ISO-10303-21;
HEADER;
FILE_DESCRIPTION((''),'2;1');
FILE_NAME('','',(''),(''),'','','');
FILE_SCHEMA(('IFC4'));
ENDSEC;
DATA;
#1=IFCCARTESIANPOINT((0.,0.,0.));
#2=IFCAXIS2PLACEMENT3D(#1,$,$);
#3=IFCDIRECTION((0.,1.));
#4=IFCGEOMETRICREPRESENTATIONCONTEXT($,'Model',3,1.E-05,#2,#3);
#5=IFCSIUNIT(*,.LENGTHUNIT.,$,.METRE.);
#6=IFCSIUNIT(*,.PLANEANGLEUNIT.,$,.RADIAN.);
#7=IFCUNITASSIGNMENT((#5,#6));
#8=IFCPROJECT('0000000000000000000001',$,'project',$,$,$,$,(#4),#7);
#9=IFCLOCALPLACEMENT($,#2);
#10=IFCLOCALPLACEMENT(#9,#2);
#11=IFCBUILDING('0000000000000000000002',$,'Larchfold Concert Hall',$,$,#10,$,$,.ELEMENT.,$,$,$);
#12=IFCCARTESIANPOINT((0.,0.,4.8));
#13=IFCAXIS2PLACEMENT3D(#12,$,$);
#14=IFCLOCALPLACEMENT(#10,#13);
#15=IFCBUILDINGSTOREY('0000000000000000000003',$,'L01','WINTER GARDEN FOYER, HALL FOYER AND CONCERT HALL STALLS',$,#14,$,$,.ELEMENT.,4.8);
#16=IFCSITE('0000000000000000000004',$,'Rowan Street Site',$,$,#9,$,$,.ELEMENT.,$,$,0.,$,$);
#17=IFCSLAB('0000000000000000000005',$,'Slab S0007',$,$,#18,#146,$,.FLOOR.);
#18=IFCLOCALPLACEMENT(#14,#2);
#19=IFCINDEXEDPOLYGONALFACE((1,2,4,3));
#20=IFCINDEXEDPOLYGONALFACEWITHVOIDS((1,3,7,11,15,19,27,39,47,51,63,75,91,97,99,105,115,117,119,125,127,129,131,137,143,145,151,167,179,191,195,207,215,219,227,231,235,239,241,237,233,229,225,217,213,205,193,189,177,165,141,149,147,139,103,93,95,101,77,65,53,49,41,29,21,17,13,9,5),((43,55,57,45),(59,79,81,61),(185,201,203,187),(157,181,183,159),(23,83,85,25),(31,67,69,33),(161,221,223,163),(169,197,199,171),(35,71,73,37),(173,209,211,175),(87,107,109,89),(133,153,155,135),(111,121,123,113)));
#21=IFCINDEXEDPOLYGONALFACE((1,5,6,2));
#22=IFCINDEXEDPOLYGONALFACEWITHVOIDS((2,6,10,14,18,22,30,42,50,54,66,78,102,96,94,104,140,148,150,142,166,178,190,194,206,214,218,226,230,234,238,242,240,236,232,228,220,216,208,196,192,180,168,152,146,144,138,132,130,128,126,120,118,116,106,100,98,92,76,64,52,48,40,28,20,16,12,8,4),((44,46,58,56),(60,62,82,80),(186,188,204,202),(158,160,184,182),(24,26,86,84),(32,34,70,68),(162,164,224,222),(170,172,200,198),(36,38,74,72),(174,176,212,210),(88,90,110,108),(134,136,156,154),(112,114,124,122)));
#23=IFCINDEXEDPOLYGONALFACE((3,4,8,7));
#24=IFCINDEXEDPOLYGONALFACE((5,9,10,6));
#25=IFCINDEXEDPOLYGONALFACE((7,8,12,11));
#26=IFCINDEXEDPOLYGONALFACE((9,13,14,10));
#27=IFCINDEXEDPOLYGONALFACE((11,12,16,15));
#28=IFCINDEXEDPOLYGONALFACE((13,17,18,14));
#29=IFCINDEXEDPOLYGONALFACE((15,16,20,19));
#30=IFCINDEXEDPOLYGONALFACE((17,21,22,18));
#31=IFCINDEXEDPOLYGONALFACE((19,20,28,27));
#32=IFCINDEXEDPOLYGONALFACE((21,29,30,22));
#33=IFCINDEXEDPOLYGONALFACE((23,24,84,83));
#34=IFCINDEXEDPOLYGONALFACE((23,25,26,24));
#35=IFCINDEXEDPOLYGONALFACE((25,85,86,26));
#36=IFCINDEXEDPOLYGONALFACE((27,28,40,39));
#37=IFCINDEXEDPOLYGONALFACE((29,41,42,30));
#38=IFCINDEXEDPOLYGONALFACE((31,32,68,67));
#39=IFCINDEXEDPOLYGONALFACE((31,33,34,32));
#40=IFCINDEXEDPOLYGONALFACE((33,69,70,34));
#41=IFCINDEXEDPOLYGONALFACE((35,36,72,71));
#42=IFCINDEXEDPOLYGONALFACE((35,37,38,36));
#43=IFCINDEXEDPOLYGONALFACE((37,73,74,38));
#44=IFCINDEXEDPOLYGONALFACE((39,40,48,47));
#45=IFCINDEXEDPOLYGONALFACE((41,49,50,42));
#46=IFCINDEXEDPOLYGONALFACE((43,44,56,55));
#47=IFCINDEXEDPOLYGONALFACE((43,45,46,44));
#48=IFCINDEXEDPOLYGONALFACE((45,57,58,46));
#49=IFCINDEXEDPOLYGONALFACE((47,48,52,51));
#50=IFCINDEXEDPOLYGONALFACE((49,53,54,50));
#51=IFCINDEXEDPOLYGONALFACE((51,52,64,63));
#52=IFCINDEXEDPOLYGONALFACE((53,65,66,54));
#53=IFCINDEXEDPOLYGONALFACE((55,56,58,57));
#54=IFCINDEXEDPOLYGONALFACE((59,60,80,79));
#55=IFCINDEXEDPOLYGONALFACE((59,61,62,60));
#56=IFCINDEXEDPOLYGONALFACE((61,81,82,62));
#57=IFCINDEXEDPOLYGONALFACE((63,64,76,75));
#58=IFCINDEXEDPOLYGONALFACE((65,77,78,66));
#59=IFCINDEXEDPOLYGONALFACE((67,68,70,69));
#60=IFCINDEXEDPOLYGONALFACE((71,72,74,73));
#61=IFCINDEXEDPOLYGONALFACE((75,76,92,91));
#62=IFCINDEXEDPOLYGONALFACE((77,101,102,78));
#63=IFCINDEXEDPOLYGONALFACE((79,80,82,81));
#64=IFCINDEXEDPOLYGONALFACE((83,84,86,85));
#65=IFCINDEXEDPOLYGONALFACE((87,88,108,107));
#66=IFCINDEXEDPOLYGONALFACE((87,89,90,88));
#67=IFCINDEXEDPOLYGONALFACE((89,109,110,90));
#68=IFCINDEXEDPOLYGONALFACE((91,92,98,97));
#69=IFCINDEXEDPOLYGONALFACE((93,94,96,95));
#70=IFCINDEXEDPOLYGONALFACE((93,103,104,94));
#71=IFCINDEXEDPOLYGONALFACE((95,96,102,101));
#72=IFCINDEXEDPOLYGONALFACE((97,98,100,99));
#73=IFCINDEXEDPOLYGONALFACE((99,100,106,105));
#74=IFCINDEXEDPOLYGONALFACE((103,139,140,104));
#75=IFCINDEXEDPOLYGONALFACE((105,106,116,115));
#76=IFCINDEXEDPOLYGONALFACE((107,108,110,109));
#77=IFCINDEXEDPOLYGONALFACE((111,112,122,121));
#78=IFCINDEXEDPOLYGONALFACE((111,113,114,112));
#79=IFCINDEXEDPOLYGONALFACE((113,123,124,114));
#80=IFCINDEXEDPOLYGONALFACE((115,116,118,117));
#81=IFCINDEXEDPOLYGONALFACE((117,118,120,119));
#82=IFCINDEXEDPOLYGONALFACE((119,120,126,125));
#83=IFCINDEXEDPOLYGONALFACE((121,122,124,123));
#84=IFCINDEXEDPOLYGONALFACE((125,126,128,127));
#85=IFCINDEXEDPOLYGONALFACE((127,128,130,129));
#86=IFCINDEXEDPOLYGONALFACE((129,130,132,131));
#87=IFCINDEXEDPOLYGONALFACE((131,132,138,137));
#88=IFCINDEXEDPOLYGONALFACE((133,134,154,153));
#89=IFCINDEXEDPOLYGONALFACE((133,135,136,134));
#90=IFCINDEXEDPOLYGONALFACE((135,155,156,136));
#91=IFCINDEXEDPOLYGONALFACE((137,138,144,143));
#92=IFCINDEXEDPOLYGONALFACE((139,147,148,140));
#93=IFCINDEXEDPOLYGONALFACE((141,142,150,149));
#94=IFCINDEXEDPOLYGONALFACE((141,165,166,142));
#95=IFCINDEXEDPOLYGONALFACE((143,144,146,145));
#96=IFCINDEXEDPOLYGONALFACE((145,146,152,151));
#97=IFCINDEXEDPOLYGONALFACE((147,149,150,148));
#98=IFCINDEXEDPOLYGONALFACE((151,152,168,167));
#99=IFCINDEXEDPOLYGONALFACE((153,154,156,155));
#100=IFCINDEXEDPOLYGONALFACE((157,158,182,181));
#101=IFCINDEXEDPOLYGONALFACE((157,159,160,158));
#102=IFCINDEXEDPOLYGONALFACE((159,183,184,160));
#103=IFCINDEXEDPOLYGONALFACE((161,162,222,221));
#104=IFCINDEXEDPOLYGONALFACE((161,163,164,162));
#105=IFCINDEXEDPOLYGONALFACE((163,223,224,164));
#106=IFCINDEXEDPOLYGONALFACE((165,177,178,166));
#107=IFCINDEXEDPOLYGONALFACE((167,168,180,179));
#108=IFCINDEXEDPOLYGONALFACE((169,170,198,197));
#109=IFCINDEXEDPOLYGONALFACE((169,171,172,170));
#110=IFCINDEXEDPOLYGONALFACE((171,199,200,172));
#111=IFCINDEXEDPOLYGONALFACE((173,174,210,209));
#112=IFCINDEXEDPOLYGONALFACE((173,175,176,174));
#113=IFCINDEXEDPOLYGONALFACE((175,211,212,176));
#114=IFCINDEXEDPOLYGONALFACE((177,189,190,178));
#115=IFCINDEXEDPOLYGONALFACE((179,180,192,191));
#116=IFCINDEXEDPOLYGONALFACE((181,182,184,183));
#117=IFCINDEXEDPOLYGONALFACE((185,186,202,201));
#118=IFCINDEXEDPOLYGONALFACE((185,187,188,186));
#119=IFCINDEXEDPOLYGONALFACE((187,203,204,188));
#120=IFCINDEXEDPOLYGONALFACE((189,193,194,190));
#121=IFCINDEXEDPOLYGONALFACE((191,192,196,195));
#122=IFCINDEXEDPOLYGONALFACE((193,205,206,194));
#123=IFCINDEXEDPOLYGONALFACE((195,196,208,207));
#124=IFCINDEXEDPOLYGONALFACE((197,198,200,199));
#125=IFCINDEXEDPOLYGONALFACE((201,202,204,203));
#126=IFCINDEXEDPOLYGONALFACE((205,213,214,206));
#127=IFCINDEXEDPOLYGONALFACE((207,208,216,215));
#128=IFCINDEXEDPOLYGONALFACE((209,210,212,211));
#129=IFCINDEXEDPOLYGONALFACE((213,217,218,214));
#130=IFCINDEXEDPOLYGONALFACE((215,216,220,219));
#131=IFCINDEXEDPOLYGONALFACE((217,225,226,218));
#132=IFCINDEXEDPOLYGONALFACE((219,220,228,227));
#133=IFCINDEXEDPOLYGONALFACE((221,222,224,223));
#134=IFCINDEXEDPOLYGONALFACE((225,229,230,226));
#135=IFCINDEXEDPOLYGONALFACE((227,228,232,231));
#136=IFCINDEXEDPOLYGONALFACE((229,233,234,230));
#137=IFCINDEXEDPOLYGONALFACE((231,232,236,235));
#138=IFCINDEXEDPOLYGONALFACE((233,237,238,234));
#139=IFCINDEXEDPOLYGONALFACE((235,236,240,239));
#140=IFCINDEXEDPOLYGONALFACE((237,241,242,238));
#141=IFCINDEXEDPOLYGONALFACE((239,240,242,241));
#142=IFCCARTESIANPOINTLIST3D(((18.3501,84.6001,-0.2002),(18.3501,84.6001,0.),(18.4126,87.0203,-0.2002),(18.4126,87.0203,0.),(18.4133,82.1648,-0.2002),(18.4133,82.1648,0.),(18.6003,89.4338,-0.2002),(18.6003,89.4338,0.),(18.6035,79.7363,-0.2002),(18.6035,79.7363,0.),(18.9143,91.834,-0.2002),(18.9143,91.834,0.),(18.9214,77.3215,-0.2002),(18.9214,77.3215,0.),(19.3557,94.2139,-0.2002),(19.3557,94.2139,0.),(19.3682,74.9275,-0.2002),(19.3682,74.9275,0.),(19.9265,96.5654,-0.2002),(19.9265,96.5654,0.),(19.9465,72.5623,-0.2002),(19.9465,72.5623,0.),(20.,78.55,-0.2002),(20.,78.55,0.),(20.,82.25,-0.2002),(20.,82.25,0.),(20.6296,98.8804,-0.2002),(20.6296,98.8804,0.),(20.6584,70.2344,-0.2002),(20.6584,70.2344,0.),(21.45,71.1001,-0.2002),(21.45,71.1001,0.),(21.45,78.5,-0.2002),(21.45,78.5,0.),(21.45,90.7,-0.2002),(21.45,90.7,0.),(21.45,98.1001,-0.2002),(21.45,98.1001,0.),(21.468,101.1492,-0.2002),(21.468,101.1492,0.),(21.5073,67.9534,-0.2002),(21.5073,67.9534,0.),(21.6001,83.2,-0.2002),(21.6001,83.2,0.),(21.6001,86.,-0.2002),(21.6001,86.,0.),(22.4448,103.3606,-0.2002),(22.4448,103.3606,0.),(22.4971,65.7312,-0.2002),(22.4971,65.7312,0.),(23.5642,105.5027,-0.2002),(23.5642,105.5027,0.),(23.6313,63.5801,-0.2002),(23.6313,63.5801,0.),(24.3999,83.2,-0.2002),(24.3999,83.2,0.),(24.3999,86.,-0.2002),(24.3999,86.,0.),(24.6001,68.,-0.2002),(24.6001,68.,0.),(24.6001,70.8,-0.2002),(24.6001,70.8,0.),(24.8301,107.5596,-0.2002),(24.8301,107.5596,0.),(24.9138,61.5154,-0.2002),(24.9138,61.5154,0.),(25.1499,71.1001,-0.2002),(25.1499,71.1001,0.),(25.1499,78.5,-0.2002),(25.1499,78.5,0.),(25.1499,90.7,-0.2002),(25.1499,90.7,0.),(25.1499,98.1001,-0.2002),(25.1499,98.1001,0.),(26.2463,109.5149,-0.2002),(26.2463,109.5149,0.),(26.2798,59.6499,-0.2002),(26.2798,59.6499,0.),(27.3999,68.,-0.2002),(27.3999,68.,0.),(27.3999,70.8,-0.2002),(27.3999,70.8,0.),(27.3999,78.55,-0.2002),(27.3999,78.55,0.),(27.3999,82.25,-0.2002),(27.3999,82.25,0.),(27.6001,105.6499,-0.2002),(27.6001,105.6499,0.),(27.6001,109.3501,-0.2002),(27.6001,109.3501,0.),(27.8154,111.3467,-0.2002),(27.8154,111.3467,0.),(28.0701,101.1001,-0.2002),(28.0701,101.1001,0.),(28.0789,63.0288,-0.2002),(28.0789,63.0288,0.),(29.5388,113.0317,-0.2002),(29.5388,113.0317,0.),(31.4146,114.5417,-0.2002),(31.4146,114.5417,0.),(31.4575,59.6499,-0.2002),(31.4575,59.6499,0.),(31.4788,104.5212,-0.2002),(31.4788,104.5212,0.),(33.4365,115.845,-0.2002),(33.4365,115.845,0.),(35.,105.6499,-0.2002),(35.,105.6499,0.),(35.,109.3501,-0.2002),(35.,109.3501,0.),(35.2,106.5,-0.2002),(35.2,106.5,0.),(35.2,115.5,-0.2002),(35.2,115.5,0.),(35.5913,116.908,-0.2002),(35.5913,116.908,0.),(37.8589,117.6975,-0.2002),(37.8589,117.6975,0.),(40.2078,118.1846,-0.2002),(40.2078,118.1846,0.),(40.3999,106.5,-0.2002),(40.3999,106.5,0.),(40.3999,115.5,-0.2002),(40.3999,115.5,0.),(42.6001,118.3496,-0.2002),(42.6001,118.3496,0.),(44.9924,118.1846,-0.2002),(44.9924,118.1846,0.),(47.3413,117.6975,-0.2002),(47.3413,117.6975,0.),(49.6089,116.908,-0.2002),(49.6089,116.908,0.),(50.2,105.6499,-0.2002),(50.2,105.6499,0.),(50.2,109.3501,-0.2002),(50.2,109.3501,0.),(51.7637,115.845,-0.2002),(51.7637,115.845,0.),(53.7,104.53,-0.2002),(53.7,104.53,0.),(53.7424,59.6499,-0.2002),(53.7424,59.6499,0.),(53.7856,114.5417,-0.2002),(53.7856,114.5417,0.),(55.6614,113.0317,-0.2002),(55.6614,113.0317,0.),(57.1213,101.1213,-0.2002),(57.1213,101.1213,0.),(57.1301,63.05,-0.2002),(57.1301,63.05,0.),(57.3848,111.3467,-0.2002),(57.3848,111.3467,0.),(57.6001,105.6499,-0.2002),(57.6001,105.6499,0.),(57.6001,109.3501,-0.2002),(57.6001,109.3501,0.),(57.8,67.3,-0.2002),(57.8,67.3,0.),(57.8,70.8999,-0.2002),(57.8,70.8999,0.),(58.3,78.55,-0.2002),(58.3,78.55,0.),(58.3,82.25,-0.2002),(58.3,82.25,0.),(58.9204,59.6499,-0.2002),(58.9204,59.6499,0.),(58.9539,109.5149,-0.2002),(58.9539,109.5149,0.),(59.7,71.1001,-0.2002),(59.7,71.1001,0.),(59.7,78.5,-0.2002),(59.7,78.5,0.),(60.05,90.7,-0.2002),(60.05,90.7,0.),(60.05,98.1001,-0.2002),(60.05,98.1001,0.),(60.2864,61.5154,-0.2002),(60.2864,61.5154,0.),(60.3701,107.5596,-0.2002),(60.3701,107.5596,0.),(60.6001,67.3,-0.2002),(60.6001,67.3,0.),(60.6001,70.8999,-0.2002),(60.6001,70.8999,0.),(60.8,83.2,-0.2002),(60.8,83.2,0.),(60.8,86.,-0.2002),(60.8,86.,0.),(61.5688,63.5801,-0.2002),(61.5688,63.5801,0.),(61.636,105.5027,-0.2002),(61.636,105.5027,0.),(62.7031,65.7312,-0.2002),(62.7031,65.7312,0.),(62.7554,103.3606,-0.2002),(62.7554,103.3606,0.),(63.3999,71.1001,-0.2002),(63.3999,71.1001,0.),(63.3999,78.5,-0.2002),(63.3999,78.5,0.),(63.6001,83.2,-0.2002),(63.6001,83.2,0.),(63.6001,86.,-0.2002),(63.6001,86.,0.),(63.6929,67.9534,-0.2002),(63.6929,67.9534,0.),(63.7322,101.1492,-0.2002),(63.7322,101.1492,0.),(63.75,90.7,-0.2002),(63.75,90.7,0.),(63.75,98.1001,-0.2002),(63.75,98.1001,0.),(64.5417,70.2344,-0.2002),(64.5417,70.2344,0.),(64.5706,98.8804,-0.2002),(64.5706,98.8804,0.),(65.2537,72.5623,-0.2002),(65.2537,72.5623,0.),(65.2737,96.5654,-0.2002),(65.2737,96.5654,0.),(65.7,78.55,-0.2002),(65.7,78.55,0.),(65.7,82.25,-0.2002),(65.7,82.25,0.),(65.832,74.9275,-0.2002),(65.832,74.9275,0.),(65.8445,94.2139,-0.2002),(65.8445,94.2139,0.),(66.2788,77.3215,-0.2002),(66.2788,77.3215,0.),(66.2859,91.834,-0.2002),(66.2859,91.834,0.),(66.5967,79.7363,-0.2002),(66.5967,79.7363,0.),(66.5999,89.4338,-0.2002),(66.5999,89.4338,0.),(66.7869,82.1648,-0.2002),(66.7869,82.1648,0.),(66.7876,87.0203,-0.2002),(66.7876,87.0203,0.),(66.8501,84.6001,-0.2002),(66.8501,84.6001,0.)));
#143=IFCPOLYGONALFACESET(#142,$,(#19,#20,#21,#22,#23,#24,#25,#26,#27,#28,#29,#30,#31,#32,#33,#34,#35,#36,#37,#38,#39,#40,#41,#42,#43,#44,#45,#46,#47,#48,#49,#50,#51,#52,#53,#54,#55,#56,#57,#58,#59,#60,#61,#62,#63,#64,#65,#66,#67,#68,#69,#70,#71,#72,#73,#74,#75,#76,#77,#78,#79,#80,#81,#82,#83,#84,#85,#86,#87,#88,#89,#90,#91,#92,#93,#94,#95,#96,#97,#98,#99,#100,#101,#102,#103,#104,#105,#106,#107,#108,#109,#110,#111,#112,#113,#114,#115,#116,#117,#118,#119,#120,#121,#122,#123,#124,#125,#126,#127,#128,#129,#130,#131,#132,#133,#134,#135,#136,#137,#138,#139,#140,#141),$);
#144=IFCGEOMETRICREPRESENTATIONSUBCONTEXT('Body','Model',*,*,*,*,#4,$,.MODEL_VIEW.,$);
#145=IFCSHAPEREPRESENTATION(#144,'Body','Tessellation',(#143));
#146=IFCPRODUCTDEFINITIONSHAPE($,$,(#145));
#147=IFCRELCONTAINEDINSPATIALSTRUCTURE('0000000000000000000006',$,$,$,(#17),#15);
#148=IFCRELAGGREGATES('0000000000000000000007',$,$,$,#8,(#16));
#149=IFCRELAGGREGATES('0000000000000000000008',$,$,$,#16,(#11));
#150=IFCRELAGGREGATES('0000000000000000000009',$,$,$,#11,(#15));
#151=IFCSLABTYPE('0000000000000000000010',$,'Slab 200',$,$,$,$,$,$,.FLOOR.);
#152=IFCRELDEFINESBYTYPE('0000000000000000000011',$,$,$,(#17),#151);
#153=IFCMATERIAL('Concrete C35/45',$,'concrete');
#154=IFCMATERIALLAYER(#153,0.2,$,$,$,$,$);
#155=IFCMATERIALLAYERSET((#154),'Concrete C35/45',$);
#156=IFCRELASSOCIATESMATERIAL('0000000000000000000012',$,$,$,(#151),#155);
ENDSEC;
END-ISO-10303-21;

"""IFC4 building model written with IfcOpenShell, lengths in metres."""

from ifc_helpers import new_model, si_unit, direction, frame, origin, place, context, subcontext, project, spatial, polyline, outline, extrude, material, layer, layer_set, type_object, element, save


model = new_model("IFC4")

# Units and contexts
model_context = context("Model", 3, precision=1e-05, world=origin(), true_north=direction((0.0, 1.0)))
body_context = subcontext(model_context, "Body", "Model", "MODEL_VIEW")
ifc_project = project(units=[si_unit("LENGTHUNIT", "METRE"), si_unit("PLANEANGLEUNIT", "RADIAN")], contexts=[model_context])

# Site, building, storey
site_placement = place(None, origin())
site = spatial("IfcSite", under=ifc_project, at=site_placement, Name="Rowan Street Site", CompositionType="ELEMENT", RefElevation=0.0)
building_placement = place(site_placement, origin())
building = spatial("IfcBuilding", under=site, at=building_placement, Name="Larchfold Concert Hall", CompositionType="ELEMENT")
storey_placement = place(building_placement, frame((0.0, 0.0, 4.8)))
storey = spatial("IfcBuildingStorey", under=building, at=storey_placement, Name="L01", Description="WINTER GARDEN FOYER, HALL FOYER AND CONCERT HALL STALLS", CompositionType="ELEMENT", Elevation=4.8)

# Slab
ifc_material_1 = material(Name="Concrete C35/45", Category="concrete")
ifc_layer_1 = layer(ifc_material_1, 0.2)
ifc_layer_set_1 = layer_set([ifc_layer_1], Name="Concrete C35/45")
slab_type_1 = type_object("IfcSlabType", Name="Slab 200", PredefinedType="FLOOR", material=ifc_layer_set_1)
slab_1_placement = place(storey_placement, frame((0.0, 0.0, -0.2002)))
element("IfcSlab", 1, at=slab_1_placement, inside=storey, type_object=slab_type_1, Name="Slab S0007", PredefinedType="FLOOR", context=body_context, shape_type="SweptSolid", body=[
    extrude(outline(polyline([(24.9138, 61.5154), (26.2798, 59.6499), (31.4575, 59.6499), (28.0789, 63.0288), (28.0701, 101.1001), (31.4788, 104.5212), (53.7, 104.53), (57.1213, 101.1213), (57.1301, 63.05), (53.7424, 59.6499), (58.9204, 59.6499), (60.2864, 61.5154), (61.5688, 63.5801), (62.7031, 65.7312), (63.6929, 67.9534), (64.5417, 70.2344), (65.2537, 72.5623), (65.832, 74.9275), (66.2788, 77.3215), (66.5967, 79.7363), (66.7869, 82.1648), (66.8501, 84.6001), (66.7876, 87.0203), (66.5999, 89.4338), (66.2859, 91.834), (65.8445, 94.2139), (65.2737, 96.5654), (64.5706, 98.8804), (63.7322, 101.1492), (62.7554, 103.3606), (61.636, 105.5027), (60.3701, 107.5596), (58.9539, 109.5149), (57.3848, 111.3467), (55.6614, 113.0317), (53.7856, 114.5417), (51.7637, 115.845), (49.6089, 116.908), (47.3413, 117.6975), (44.9924, 118.1846), (42.6001, 118.3496), (40.2078, 118.1846), (37.8589, 117.6975), (35.5913, 116.908), (33.4365, 115.845), (31.4146, 114.5417), (29.5388, 113.0317), (27.8154, 111.3467), (26.2463, 109.5149), (24.8301, 107.5596), (23.5642, 105.5027), (22.4448, 103.3606), (21.468, 101.1492), (20.6296, 98.8804), (19.9265, 96.5654), (19.3557, 94.2139), (18.9143, 91.834), (18.6003, 89.4338), (18.4126, 87.0203), (18.3501, 84.6001), (18.4133, 82.1648), (18.6035, 79.7363), (18.9214, 77.3215), (19.3682, 74.9275), (19.9465, 72.5623), (20.6584, 70.2344), (21.5073, 67.9534), (22.4971, 65.7312), (23.6313, 63.5801), (24.9138, 61.5154)]), holes=[polyline([(24.6001, 70.8), (27.3999, 70.8), (27.3999, 68.0), (24.6001, 68.0), (24.6001, 70.8)]), polyline([(25.1499, 78.5), (25.1499, 71.1001), (21.45, 71.1001), (21.45, 78.5), (25.1499, 78.5)]), polyline([(27.3999, 82.25), (27.3999, 78.55), (20.0, 78.55), (20.0, 82.25), (27.3999, 82.25)]), polyline([(21.6001, 86.0), (24.3999, 86.0), (24.3999, 83.2), (21.6001, 83.2), (21.6001, 86.0)]), polyline([(25.1499, 98.1001), (25.1499, 90.7), (21.45, 90.7), (21.45, 98.1001), (25.1499, 98.1001)]), polyline([(35.0, 109.3501), (35.0, 105.6499), (27.6001, 105.6499), (27.6001, 109.3501), (35.0, 109.3501)]), polyline([(35.2, 115.5), (40.3999, 115.5), (40.3999, 106.5), (35.2, 106.5), (35.2, 115.5)]), polyline([(60.6001, 70.8999), (60.6001, 67.3), (57.8, 67.3), (57.8, 70.8999), (60.6001, 70.8999)]), polyline([(63.3999, 78.5), (63.3999, 71.1001), (59.7, 71.1001), (59.7, 78.5), (63.3999, 78.5)]), polyline([(65.7, 82.25), (65.7, 78.55), (58.3, 78.55), (58.3, 82.25), (65.7, 82.25)]), polyline([(63.6001, 86.0), (63.6001, 83.2), (60.8, 83.2), (60.8, 86.0), (63.6001, 86.0)]), polyline([(63.75, 98.1001), (63.75, 90.7), (60.05, 90.7), (60.05, 98.1001), (63.75, 98.1001)]), polyline([(57.6001, 109.3501), (57.6001, 105.6499), (50.2, 105.6499), (50.2, 109.3501), (57.6001, 109.3501)])]), origin(), (0.0, 0.0, 1.0), 0.2002),
])

save(model, "model.ifc")
